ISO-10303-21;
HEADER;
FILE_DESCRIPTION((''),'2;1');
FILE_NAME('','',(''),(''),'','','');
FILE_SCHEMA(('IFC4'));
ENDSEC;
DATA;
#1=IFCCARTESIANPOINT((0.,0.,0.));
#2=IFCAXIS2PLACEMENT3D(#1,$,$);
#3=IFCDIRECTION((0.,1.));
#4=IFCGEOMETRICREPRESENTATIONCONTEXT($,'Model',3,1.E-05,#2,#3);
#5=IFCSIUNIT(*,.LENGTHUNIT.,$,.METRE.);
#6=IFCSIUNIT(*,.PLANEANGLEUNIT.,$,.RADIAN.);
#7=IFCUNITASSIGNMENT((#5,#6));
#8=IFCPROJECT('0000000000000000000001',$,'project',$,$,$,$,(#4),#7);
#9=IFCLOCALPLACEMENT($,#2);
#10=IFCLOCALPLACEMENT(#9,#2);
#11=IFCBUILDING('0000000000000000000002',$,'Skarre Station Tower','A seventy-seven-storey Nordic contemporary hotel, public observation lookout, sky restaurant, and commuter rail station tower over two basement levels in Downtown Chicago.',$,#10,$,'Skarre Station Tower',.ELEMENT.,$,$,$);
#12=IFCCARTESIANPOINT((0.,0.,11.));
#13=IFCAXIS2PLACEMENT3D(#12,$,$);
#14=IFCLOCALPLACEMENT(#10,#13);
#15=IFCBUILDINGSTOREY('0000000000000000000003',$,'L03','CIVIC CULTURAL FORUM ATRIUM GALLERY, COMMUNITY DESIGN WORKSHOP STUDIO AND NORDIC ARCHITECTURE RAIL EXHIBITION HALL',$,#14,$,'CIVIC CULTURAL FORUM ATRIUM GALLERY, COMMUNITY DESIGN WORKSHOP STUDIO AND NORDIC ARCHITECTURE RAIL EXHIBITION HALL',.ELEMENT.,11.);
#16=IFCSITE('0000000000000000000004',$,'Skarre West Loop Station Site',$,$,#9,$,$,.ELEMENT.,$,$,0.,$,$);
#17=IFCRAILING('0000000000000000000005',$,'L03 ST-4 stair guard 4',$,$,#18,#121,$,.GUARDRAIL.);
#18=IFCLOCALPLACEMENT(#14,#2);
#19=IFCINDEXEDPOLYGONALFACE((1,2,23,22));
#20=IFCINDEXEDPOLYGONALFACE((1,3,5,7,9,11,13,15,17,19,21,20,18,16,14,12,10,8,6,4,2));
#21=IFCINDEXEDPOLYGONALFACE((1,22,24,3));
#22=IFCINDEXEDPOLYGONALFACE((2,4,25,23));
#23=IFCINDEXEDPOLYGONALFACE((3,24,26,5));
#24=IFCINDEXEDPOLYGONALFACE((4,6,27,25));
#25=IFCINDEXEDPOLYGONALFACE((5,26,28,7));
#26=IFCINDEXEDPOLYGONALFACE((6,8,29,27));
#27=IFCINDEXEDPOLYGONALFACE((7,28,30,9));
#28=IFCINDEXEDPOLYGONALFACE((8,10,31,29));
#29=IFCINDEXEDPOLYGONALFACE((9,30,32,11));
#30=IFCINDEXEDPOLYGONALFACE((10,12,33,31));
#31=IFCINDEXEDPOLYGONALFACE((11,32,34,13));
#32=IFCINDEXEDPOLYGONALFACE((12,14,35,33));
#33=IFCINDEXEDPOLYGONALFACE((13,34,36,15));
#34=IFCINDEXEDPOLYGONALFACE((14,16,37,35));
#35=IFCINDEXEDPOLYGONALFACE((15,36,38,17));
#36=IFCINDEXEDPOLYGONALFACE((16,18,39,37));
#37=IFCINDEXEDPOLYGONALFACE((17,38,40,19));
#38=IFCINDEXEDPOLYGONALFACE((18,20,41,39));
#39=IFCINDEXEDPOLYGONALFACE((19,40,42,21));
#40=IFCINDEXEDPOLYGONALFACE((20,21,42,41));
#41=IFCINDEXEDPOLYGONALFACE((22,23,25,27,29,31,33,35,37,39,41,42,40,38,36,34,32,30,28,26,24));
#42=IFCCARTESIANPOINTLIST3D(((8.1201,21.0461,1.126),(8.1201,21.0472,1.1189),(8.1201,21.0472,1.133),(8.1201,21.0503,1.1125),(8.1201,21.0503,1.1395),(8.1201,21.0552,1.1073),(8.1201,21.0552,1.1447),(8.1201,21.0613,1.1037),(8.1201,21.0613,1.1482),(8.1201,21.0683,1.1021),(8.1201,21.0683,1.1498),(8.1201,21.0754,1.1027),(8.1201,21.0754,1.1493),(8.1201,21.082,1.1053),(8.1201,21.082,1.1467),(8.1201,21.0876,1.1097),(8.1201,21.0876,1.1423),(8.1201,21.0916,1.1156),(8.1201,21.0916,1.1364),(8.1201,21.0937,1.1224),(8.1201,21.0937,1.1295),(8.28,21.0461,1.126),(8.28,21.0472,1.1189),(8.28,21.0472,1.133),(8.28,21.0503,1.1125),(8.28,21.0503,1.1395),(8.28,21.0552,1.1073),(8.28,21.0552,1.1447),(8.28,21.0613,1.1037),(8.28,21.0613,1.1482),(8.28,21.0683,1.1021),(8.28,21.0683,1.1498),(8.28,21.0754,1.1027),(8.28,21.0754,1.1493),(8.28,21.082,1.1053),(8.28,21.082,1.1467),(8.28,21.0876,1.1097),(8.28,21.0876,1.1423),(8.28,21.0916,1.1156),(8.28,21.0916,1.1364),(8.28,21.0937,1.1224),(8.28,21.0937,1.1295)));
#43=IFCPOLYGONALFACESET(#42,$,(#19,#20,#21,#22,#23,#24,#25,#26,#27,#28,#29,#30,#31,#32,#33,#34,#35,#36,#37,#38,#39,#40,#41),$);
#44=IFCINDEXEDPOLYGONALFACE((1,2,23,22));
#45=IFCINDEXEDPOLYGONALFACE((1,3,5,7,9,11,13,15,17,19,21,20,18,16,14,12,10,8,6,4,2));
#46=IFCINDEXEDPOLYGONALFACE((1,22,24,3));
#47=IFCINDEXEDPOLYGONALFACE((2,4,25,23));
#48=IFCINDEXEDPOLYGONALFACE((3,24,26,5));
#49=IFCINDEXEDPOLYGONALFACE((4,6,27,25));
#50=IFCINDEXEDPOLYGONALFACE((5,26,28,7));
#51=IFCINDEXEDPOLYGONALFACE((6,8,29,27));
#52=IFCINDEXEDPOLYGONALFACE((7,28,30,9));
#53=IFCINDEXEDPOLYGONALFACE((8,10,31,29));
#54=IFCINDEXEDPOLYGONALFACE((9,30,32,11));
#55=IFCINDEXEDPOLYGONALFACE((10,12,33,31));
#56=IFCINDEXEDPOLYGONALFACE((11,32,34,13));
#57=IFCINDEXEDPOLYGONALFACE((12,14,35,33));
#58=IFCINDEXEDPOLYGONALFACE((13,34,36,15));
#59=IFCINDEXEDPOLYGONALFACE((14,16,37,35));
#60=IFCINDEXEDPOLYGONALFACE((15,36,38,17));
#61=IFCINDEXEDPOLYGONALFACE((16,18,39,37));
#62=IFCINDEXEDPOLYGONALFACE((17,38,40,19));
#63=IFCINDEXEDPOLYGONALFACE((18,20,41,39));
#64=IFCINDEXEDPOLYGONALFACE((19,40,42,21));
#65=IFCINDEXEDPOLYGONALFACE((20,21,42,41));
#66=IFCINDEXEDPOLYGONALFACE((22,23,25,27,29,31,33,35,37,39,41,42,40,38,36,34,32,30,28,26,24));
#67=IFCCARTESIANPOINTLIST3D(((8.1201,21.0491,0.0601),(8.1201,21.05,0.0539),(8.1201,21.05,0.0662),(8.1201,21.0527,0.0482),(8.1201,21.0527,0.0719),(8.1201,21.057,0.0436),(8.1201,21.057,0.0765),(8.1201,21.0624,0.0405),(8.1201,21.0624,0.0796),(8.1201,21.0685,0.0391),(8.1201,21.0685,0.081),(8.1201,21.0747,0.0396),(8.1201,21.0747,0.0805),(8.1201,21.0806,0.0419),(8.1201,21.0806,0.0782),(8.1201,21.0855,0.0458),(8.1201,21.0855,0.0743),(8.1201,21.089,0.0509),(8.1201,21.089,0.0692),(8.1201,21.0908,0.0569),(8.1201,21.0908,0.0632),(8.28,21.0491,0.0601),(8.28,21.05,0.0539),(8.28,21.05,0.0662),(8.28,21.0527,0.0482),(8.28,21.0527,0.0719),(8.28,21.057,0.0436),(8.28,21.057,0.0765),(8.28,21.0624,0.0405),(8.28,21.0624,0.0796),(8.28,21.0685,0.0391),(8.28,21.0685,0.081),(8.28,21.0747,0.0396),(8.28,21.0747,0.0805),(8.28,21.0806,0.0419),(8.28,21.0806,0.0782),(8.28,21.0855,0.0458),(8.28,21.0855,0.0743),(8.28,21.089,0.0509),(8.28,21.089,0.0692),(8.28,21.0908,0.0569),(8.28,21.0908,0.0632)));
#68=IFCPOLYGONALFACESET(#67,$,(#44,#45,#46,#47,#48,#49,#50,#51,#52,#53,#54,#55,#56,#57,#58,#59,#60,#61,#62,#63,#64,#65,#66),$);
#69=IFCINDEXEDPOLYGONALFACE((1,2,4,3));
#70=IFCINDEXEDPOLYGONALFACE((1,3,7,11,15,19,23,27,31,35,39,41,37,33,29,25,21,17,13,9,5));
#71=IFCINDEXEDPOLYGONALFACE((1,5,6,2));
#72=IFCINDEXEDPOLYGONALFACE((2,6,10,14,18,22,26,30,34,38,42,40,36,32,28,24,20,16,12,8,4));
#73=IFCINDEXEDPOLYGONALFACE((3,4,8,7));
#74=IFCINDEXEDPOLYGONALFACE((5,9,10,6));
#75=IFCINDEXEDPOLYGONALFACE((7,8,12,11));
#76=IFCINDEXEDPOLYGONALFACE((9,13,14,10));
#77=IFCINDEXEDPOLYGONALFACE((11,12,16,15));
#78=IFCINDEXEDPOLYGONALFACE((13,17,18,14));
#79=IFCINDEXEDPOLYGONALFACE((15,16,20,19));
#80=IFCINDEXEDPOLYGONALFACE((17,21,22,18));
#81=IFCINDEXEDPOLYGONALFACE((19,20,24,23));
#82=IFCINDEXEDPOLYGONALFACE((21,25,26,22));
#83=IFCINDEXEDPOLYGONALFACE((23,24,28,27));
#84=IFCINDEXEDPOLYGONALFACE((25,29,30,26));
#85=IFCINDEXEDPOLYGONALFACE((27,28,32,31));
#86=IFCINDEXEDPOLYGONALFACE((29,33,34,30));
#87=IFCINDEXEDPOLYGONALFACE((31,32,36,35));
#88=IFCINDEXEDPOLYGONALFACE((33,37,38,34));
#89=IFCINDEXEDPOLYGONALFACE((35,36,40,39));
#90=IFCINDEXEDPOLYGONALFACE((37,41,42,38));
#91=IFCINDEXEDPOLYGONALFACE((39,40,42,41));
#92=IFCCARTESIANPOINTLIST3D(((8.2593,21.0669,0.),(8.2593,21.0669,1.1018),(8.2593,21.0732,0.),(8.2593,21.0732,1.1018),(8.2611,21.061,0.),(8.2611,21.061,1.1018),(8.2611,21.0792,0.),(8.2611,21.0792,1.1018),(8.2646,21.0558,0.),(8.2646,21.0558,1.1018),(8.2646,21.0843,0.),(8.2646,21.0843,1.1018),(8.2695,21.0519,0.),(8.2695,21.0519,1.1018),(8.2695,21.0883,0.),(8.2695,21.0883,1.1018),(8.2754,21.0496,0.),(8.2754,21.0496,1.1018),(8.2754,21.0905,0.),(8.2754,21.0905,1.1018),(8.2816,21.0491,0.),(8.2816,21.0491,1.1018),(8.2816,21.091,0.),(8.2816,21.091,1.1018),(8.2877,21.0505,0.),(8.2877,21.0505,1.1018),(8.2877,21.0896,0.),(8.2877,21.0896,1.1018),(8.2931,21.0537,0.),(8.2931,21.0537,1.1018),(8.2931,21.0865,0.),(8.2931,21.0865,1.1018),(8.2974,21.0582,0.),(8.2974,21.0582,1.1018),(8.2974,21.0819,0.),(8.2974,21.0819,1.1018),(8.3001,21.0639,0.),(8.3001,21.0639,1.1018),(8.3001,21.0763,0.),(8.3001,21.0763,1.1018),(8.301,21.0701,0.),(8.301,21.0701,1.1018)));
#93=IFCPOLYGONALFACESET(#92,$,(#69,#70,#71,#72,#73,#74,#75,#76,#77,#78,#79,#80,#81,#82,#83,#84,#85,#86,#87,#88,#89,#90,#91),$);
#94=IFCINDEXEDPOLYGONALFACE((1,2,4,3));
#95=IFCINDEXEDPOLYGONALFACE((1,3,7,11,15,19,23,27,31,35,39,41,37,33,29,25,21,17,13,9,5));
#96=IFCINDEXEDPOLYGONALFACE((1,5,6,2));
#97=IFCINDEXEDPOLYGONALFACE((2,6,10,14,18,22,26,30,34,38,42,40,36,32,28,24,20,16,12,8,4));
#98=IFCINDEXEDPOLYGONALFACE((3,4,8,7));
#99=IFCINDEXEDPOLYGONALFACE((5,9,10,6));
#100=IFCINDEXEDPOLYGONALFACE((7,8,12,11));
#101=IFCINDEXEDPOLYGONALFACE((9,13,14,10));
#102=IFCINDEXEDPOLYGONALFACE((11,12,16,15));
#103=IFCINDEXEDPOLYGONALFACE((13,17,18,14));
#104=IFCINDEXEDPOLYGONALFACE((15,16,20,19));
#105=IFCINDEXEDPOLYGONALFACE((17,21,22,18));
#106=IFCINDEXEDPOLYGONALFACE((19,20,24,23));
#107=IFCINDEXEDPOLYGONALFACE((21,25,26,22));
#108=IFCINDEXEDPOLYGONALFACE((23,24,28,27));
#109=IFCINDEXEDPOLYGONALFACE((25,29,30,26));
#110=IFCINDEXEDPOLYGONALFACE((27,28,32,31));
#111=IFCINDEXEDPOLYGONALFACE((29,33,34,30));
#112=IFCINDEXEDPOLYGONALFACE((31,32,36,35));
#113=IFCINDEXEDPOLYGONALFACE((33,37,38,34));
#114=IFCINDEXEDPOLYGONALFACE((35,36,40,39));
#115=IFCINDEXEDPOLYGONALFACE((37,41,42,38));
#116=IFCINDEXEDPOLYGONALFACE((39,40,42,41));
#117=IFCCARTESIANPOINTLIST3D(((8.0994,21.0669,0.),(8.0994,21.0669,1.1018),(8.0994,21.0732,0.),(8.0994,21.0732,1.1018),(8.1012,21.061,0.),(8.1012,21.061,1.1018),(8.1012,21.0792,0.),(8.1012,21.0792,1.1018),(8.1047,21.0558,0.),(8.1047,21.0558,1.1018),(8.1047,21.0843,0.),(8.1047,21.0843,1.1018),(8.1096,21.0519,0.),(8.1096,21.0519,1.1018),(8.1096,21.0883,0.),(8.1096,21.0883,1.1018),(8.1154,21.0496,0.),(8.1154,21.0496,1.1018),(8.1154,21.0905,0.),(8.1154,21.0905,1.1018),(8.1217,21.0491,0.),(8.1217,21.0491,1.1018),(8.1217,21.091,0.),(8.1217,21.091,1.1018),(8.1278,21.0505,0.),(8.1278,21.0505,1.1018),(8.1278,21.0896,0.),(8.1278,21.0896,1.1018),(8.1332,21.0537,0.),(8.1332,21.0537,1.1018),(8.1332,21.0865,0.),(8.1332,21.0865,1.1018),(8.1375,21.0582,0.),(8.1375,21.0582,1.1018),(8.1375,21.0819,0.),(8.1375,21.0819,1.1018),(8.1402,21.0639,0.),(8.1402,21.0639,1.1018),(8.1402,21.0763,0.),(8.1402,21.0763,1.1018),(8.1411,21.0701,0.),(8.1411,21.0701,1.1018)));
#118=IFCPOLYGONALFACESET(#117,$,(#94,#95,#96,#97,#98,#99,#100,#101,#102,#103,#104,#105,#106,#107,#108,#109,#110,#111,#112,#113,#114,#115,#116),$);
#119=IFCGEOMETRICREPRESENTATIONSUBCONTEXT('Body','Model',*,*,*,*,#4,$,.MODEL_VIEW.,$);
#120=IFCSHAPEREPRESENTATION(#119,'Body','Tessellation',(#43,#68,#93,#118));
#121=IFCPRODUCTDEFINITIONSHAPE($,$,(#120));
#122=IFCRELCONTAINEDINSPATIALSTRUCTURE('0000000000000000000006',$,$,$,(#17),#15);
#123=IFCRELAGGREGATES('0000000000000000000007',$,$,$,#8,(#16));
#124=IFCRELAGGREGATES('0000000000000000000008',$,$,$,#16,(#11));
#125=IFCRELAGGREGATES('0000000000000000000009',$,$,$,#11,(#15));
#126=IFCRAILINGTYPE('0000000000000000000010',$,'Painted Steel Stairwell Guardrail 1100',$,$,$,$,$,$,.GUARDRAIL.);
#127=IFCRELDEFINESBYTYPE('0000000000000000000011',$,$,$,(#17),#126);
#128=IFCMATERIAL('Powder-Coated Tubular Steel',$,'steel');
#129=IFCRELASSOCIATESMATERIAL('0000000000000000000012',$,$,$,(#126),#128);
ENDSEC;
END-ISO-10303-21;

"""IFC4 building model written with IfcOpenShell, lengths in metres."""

from ifc_helpers import new_model, si_unit, direction, frame, origin, origin_2d, place, context, subcontext, project, spatial, circle, extrude, material, type_object, element, save


model = new_model("IFC4")

# Units and contexts
model_context = context("Model", 3, precision=1e-05, world=origin(), true_north=direction((0.0, 1.0)))
body_context = subcontext(model_context, "Body", "Model", "MODEL_VIEW")
ifc_project = project(units=[si_unit("LENGTHUNIT", "METRE"), si_unit("PLANEANGLEUNIT", "RADIAN")], contexts=[model_context])

# Site, building, storey
site_placement = place(None, origin())
site = spatial("IfcSite", under=ifc_project, at=site_placement, Name="Skarre West Loop Station Site", CompositionType="ELEMENT", RefElevation=0.0)
building_placement = place(site_placement, origin())
building = spatial("IfcBuilding", under=site, at=building_placement, Name="Skarre Station Tower", Description="A seventy-seven-storey Nordic contemporary hotel, public observation lookout, sky restaurant, and commuter rail station tower over two basement levels in Downtown Chicago.", LongName="Skarre Station Tower", CompositionType="ELEMENT")
storey_placement = place(building_placement, frame((0.0, 0.0, 11.0)))
storey = spatial("IfcBuildingStorey", under=building, at=storey_placement, Name="L03", Description="CIVIC CULTURAL FORUM ATRIUM GALLERY, COMMUNITY DESIGN WORKSHOP STUDIO AND NORDIC ARCHITECTURE RAIL EXHIBITION HALL", LongName="CIVIC CULTURAL FORUM ATRIUM GALLERY, COMMUNITY DESIGN WORKSHOP STUDIO AND NORDIC ARCHITECTURE RAIL EXHIBITION HALL", CompositionType="ELEMENT", Elevation=11.0)

# Railing
ifc_material_1 = material(Name="Powder-Coated Tubular Steel", Category="steel")
railing_type = type_object("IfcRailingType", Name="Painted Steel Stairwell Guardrail 1100", PredefinedType="GUARDRAIL", material=ifc_material_1)
railing_1_placement = place(storey_placement, frame((8.28, 21.0701, 0.0)))
element("IfcRailing", 1, at=railing_1_placement, inside=storey, type_object=railing_type, Name="L03 ST-4 stair guard 4", PredefinedType="GUARDRAIL", context=body_context, shape_type="SweptSolid", body=[
    extrude(circle(Radius=0.0239, at=origin_2d()), frame((0.0, 0.0, 1.126), z_axis=(-1.0, 0.0, 0.0), x_axis=(0.0, -1.0, 0.0)), (0.0, 0.0, 1.0), 0.1599),
    extrude(circle(Radius=0.021, at=origin_2d()), frame((0.0, 0.0, 0.0601), z_axis=(-1.0, 0.0, 0.0), x_axis=(0.0, -1.0, 0.0)), (0.0, 0.0, 1.0), 0.1599),
    extrude(circle(Radius=0.021, at=origin_2d()), origin(), (0.0, 0.0, 1.0), 1.1018),
    extrude(circle(Radius=0.021, at=origin_2d()), frame((-0.1599, 0.0, 0.0)), (0.0, 0.0, 1.0), 1.1018),
])

save(model, "model.ifc")
